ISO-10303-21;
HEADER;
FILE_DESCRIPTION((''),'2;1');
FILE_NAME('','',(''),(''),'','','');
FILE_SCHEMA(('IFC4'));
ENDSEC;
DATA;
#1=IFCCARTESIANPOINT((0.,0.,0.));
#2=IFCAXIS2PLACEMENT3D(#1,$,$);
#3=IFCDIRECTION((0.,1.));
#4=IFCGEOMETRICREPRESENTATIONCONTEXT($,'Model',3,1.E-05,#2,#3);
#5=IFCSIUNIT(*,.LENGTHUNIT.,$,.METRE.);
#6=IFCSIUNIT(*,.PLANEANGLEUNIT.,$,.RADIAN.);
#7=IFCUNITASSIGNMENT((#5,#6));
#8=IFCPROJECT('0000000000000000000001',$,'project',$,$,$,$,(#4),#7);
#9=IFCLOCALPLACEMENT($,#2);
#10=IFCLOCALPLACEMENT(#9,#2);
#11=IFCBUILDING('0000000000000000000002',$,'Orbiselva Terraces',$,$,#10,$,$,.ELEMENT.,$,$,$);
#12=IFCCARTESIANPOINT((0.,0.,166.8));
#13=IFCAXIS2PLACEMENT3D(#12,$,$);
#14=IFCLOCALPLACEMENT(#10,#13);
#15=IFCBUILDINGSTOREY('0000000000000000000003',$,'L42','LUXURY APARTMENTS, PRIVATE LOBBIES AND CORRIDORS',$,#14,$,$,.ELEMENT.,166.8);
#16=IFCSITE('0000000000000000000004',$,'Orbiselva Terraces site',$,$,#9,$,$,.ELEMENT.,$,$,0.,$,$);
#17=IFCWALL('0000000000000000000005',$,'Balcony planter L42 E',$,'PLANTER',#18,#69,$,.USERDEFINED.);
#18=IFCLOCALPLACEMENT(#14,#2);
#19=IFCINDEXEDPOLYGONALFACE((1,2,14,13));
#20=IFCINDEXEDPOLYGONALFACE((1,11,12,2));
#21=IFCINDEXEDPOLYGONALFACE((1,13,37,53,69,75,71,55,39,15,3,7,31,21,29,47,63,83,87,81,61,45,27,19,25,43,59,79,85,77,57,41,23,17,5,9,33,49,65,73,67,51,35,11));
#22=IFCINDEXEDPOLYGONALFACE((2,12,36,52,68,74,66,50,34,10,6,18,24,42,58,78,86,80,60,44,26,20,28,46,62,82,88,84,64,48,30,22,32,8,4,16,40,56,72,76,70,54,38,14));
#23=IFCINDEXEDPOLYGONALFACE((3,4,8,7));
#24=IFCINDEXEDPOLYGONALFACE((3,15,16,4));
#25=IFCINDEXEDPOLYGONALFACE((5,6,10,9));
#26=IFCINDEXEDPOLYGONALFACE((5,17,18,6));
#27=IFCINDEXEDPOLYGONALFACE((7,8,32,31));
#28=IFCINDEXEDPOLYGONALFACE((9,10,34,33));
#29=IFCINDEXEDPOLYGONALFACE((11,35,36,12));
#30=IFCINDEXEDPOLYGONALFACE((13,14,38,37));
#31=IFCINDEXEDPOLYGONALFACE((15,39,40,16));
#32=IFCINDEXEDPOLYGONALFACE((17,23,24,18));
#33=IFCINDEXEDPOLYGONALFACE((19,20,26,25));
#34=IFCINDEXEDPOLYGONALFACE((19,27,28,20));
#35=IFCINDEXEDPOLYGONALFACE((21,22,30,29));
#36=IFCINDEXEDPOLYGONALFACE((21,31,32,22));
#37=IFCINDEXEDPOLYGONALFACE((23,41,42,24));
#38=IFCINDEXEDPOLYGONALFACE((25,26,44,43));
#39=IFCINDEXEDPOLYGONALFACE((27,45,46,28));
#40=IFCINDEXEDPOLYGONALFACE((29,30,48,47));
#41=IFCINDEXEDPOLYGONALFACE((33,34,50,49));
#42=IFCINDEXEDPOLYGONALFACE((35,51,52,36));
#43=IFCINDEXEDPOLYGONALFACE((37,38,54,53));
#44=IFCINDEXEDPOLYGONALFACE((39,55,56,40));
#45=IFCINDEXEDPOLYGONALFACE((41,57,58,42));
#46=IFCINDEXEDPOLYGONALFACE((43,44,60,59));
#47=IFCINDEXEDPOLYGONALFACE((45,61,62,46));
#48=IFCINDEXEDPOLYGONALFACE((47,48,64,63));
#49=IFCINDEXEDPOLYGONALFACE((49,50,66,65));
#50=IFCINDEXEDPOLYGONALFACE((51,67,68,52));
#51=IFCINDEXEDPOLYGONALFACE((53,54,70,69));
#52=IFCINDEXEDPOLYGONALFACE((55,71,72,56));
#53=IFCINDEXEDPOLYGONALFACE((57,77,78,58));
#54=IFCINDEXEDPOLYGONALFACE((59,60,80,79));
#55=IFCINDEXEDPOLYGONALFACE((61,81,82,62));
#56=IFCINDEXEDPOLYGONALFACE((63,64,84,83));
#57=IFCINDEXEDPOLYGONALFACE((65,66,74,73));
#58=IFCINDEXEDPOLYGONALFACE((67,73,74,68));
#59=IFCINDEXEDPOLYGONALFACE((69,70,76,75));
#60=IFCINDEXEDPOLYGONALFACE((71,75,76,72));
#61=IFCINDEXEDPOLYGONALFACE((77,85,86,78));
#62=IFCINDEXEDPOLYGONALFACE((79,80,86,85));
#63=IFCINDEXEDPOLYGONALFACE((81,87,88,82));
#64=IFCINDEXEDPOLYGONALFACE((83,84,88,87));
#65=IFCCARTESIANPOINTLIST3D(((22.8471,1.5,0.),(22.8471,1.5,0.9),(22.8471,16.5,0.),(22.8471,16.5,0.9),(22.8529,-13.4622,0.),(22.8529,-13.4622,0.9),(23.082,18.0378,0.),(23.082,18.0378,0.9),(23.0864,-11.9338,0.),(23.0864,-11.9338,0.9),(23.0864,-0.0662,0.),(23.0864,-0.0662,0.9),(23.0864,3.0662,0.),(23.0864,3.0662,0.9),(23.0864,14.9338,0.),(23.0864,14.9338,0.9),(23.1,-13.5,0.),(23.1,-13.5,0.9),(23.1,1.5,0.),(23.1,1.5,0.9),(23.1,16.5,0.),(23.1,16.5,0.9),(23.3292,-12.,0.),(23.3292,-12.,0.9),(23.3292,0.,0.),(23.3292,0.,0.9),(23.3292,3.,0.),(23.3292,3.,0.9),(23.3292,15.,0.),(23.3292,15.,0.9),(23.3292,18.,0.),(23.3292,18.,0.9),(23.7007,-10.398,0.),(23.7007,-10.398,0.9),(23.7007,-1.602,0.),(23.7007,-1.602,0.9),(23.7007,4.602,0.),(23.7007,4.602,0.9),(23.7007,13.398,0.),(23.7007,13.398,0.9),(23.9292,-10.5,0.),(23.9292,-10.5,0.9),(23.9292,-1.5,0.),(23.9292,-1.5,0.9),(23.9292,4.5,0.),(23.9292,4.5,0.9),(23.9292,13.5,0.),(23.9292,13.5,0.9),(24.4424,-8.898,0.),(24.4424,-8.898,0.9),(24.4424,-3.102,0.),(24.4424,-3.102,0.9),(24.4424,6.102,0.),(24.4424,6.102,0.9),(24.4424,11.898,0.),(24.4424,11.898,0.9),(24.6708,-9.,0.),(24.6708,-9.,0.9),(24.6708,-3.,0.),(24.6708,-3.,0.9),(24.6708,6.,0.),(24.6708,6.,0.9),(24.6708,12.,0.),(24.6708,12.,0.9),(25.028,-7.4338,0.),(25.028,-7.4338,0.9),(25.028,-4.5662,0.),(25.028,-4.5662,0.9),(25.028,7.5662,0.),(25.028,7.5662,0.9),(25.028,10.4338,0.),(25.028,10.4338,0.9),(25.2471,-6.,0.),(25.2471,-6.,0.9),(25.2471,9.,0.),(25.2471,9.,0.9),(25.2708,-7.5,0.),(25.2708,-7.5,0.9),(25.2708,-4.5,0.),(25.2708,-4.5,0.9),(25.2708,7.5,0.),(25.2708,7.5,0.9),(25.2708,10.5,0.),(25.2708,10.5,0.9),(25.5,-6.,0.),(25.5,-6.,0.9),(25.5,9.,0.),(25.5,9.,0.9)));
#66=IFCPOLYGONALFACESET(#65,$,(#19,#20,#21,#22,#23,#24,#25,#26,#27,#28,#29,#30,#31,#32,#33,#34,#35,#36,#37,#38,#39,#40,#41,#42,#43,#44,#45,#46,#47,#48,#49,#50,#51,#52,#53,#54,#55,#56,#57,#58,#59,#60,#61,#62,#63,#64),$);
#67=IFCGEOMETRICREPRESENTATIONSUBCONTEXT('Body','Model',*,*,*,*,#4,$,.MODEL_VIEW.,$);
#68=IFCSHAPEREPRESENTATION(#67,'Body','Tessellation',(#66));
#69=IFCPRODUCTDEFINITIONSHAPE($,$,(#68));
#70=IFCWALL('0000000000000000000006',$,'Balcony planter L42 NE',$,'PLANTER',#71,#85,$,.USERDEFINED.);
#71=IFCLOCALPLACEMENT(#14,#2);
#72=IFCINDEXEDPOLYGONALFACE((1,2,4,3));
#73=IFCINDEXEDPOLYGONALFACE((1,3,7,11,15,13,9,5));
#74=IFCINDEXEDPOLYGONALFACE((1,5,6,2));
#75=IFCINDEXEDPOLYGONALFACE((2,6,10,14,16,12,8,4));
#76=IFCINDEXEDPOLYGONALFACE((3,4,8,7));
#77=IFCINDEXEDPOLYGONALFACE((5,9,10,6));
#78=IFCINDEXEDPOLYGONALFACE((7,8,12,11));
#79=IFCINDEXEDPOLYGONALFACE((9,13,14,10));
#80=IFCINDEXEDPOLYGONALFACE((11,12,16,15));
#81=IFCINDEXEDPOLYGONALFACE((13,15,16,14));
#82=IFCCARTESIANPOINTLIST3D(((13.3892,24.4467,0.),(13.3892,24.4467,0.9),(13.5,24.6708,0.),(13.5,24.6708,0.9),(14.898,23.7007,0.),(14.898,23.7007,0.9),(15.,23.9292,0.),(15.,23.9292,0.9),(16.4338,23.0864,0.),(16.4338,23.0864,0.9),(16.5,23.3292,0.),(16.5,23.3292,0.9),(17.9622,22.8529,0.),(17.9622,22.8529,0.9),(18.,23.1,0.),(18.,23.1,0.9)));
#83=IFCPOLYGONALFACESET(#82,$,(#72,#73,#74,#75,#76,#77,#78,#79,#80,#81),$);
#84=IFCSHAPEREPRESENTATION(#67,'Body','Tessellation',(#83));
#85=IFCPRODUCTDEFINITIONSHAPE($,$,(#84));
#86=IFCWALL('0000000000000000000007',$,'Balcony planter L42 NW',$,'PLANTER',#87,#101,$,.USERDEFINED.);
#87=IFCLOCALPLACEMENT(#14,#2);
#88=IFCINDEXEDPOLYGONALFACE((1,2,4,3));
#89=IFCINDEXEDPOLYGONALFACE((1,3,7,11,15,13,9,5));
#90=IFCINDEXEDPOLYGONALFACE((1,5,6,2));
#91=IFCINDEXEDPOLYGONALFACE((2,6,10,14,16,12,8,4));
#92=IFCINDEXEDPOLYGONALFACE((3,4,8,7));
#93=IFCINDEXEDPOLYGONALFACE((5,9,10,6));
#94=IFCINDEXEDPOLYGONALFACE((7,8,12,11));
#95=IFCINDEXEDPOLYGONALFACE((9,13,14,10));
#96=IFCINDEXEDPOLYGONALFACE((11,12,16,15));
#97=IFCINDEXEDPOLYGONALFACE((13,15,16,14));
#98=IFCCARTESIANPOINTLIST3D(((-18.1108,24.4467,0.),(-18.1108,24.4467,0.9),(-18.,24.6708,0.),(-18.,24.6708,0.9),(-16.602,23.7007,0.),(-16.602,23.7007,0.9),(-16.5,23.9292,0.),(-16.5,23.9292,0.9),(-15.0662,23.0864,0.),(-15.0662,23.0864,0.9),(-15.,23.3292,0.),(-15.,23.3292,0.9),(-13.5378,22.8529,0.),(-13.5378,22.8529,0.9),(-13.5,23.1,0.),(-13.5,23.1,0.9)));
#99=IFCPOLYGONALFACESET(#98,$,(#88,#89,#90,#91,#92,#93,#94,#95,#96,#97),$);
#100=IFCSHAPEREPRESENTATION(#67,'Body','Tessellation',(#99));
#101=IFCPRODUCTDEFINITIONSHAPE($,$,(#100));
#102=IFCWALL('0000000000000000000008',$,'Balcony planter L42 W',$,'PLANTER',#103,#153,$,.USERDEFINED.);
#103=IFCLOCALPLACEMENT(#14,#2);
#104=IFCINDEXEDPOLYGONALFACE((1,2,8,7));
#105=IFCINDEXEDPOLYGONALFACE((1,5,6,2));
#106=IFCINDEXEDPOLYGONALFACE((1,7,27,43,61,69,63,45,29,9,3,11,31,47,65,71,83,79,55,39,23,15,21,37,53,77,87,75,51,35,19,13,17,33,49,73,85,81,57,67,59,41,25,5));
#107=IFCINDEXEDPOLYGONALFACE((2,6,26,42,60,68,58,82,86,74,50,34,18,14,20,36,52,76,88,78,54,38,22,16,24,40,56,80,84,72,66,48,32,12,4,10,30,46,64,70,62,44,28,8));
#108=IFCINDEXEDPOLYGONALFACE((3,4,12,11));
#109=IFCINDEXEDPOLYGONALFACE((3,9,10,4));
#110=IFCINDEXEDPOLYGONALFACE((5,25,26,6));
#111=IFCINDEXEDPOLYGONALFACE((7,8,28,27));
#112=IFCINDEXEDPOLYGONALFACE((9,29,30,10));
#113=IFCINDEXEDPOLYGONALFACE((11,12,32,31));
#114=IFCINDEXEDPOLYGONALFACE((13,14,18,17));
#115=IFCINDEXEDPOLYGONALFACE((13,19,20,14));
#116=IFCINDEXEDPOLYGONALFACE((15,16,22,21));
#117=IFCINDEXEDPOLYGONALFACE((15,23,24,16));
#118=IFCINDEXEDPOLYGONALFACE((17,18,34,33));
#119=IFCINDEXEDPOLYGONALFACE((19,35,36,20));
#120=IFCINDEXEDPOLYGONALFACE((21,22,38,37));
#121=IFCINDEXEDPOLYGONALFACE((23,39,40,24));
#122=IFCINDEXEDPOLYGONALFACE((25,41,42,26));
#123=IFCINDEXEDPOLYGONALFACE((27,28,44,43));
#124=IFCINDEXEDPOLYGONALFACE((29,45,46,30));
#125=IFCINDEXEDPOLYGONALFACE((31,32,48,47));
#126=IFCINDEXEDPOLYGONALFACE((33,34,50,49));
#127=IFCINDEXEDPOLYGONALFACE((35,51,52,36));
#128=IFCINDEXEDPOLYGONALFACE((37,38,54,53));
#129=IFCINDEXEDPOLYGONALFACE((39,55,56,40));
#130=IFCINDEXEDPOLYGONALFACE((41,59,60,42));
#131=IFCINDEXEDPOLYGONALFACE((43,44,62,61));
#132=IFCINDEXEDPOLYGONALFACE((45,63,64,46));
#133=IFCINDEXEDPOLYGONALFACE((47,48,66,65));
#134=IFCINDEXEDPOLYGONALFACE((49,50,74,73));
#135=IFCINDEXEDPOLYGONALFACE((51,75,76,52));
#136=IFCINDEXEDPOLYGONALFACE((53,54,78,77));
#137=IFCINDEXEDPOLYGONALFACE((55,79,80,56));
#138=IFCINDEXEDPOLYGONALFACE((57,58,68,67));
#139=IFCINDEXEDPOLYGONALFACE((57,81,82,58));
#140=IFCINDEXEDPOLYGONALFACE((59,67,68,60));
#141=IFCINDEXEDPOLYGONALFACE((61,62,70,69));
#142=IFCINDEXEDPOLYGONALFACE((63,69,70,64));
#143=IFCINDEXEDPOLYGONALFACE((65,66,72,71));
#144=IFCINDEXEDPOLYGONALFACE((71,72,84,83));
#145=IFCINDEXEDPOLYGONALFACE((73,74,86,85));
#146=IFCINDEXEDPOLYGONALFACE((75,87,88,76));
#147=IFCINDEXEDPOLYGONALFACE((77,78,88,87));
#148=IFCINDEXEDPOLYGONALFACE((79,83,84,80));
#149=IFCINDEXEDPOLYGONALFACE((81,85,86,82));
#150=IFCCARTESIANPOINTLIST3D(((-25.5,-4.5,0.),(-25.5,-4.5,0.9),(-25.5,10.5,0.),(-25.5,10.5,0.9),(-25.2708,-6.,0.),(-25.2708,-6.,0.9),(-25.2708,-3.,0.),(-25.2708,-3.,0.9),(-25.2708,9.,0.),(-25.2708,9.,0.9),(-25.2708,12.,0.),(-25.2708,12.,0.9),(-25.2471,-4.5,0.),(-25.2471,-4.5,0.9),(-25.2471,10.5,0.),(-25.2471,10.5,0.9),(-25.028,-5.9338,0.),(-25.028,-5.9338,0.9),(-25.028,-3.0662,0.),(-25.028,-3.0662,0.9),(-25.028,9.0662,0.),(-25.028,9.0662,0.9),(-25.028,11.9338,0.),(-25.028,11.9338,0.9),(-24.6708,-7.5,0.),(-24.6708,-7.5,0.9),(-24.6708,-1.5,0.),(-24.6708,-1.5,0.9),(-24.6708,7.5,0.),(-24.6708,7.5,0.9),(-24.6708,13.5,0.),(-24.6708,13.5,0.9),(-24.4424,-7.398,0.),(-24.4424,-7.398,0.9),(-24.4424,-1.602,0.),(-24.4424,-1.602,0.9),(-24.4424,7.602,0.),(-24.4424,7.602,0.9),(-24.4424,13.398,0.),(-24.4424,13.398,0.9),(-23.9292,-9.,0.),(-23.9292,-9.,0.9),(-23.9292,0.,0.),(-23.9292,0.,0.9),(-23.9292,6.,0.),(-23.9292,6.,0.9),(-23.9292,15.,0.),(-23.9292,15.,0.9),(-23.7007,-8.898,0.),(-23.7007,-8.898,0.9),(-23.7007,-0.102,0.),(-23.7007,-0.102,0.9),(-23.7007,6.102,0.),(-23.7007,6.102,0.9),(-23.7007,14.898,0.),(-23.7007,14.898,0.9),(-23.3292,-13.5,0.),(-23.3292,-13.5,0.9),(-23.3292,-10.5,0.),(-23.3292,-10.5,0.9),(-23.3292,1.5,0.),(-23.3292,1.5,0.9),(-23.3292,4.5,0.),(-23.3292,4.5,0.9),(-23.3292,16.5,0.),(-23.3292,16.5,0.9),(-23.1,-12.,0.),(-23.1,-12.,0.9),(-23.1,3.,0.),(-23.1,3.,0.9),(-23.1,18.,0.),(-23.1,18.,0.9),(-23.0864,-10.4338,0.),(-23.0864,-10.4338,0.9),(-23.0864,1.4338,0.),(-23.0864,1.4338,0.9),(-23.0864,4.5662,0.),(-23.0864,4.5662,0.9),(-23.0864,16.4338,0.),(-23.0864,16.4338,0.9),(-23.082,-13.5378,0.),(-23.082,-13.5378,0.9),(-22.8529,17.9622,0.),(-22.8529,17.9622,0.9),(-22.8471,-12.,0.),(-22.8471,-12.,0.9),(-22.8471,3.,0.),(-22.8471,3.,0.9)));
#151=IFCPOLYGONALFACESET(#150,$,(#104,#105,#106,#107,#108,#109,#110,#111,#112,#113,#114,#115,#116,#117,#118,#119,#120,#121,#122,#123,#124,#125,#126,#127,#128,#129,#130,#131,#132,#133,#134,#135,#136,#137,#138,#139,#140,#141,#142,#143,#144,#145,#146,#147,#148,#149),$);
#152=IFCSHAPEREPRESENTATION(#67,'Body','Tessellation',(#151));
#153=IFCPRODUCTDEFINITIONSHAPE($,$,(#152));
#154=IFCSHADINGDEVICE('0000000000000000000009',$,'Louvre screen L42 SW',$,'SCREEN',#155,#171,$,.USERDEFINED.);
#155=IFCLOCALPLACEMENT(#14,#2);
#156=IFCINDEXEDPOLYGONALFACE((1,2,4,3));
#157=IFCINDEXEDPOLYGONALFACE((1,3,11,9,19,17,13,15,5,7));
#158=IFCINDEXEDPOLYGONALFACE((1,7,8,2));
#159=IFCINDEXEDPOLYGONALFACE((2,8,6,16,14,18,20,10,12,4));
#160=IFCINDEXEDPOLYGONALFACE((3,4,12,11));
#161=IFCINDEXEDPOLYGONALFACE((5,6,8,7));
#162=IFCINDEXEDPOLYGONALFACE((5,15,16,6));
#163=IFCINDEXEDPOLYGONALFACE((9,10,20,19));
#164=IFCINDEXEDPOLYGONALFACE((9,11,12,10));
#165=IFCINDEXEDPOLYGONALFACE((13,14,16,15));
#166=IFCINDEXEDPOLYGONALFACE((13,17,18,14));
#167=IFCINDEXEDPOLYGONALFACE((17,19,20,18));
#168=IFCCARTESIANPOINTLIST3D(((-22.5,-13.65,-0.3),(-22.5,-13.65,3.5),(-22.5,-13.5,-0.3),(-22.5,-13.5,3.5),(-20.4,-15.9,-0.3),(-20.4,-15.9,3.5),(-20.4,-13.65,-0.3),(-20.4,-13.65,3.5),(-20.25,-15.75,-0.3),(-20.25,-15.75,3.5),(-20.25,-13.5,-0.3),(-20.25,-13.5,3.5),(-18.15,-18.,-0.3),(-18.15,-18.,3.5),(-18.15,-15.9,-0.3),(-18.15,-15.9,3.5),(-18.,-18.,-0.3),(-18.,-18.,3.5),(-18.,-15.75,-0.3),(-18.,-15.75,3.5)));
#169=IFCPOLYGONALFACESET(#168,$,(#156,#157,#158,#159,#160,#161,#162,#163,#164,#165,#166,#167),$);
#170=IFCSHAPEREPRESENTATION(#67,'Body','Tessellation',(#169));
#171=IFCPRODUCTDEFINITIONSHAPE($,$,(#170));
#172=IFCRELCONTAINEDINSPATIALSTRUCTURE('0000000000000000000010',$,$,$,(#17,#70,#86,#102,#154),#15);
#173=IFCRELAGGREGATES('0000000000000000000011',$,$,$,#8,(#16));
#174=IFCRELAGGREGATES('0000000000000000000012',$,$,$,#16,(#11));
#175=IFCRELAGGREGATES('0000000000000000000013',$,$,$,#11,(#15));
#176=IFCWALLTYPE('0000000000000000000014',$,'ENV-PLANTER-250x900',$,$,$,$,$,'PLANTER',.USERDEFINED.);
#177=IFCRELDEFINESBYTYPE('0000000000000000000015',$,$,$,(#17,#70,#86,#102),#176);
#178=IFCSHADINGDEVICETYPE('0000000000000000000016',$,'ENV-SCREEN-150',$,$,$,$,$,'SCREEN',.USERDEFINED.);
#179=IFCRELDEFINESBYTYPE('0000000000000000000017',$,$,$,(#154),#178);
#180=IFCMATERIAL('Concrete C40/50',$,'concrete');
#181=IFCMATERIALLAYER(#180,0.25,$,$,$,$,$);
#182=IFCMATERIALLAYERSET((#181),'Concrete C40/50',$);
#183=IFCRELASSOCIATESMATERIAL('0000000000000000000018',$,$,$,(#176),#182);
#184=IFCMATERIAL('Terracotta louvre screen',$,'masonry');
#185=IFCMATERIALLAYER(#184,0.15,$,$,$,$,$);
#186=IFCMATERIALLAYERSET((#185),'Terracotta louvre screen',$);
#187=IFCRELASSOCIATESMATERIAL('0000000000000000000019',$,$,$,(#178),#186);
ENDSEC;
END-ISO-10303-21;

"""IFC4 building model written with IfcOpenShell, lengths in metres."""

from ifc_helpers import new_model, si_unit, direction, frame, origin, place, context, subcontext, project, spatial, polyline, outline, extrude, material, layer, layer_set, type_object, element, save


model = new_model("IFC4")

# Units and contexts
model_context = context("Model", 3, precision=1e-05, world=origin(), true_north=direction((0.0, 1.0)))
body_context = subcontext(model_context, "Body", "Model", "MODEL_VIEW")
ifc_project = project(units=[si_unit("LENGTHUNIT", "METRE"), si_unit("PLANEANGLEUNIT", "RADIAN")], contexts=[model_context])

# Site, building, storey
site_placement = place(None, origin())
site = spatial("IfcSite", under=ifc_project, at=site_placement, Name="Orbiselva Terraces site", CompositionType="ELEMENT", RefElevation=0.0)
building_placement = place(site_placement, origin())
building = spatial("IfcBuilding", under=site, at=building_placement, Name="Orbiselva Terraces", CompositionType="ELEMENT")
storey_placement = place(building_placement, frame((0.0, 0.0, 166.8)))
storey = spatial("IfcBuildingStorey", under=building, at=storey_placement, Name="L42", Description="LUXURY APARTMENTS, PRIVATE LOBBIES AND CORRIDORS", CompositionType="ELEMENT", Elevation=166.8)

# Shared definitions
ifc_material_1 = material(Name="Concrete C40/50", Category="concrete")

# Walls
ifc_layer_1 = layer(ifc_material_1, 0.25)
ifc_layer_set_1 = layer_set([ifc_layer_1], Name="Concrete C40/50")
wall_type = type_object("IfcWallType", Name="ENV-PLANTER-250x900", ElementType="PLANTER", PredefinedType="USERDEFINED", material=ifc_layer_set_1)
wall_1_placement = place(storey_placement, origin())
element("IfcWall", 1, at=wall_1_placement, inside=storey, type_object=wall_type, Name="Balcony planter L42 E", ObjectType="PLANTER", PredefinedType="USERDEFINED", context=body_context, shape_type="SweptSolid", body=[
    extrude(outline(polyline([(23.1, -13.5), (23.3292, -12.0), (23.9292, -10.5), (24.6708, -9.0), (25.2708, -7.5), (25.5, -6.0), (25.2708, -4.5), (24.6708, -3.0), (23.9292, -1.5), (23.3292, 0.0), (23.1, 1.5), (23.3292, 3.0), (23.9292, 4.5), (24.6708, 6.0), (25.2708, 7.5), (25.5, 9.0), (25.2708, 10.5), (24.6708, 12.0), (23.9292, 13.5), (23.3292, 15.0), (23.1, 16.5), (23.3292, 18.0), (23.082, 18.0378), (22.8471, 16.5), (23.0864, 14.9338), (23.7007, 13.398), (24.4424, 11.898), (25.028, 10.4338), (25.2471, 9.0), (25.028, 7.5662), (24.4424, 6.102), (23.7007, 4.602), (23.0864, 3.0662), (22.8471, 1.5), (23.0864, -0.0662), (23.7007, -1.602), (24.4424, -3.102), (25.028, -4.5662), (25.2471, -6.0), (25.028, -7.4338), (24.4424, -8.898), (23.7007, -10.398), (23.0864, -11.9338), (22.8529, -13.4622), (23.1, -13.5)])), origin(), (0.0, 0.0, 1.0), 0.9),
])
wall_2_placement = place(storey_placement, origin())
element("IfcWall", 2, at=wall_2_placement, inside=storey, type_object=wall_type, Name="Balcony planter L42 NE", ObjectType="PLANTER", PredefinedType="USERDEFINED", context=body_context, shape_type="SweptSolid", body=[
    extrude(outline(polyline([(18.0, 23.1), (16.5, 23.3292), (15.0, 23.9292), (13.5, 24.6708), (13.3892, 24.4467), (14.898, 23.7007), (16.4338, 23.0864), (17.9622, 22.8529), (18.0, 23.1)])), origin(), (0.0, 0.0, 1.0), 0.9),
])
wall_3_placement = place(storey_placement, origin())
element("IfcWall", 3, at=wall_3_placement, inside=storey, type_object=wall_type, Name="Balcony planter L42 NW", ObjectType="PLANTER", PredefinedType="USERDEFINED", context=body_context, shape_type="SweptSolid", body=[
    extrude(outline(polyline([(-13.5, 23.1), (-15.0, 23.3292), (-16.5, 23.9292), (-18.0, 24.6708), (-18.1108, 24.4467), (-16.602, 23.7007), (-15.0662, 23.0864), (-13.5378, 22.8529), (-13.5, 23.1)])), origin(), (0.0, 0.0, 1.0), 0.9),
])
wall_4_placement = place(storey_placement, origin())
element("IfcWall", 4, at=wall_4_placement, inside=storey, type_object=wall_type, Name="Balcony planter L42 W", ObjectType="PLANTER", PredefinedType="USERDEFINED", context=body_context, shape_type="SweptSolid", body=[
    extrude(outline(polyline([(-23.1, 18.0), (-23.3292, 16.5), (-23.9292, 15.0), (-24.6708, 13.5), (-25.2708, 12.0), (-25.5, 10.5), (-25.2708, 9.0), (-24.6708, 7.5), (-23.9292, 6.0), (-23.3292, 4.5), (-23.1, 3.0), (-23.3292, 1.5), (-23.9292, 0.0), (-24.6708, -1.5), (-25.2708, -3.0), (-25.5, -4.5), (-25.2708, -6.0), (-24.6708, -7.5), (-23.9292, -9.0), (-23.3292, -10.5), (-23.1, -12.0), (-23.3292, -13.5), (-23.082, -13.5378), (-22.8471, -12.0), (-23.0864, -10.4338), (-23.7007, -8.898), (-24.4424, -7.398), (-25.028, -5.9338), (-25.2471, -4.5), (-25.028, -3.0662), (-24.4424, -1.602), (-23.7007, -0.102), (-23.0864, 1.4338), (-22.8471, 3.0), (-23.0864, 4.5662), (-23.7007, 6.102), (-24.4424, 7.602), (-25.028, 9.0662), (-25.2471, 10.5), (-25.028, 11.9338), (-24.4424, 13.398), (-23.7007, 14.898), (-23.0864, 16.4338), (-22.8529, 17.9622), (-23.1, 18.0)])), origin(), (0.0, 0.0, 1.0), 0.9),
])

# Shading device
ifc_material_2 = material(Name="Terracotta louvre screen", Category="masonry")
ifc_layer_2 = layer(ifc_material_2, 0.15)
ifc_layer_set_2 = layer_set([ifc_layer_2], Name="Terracotta louvre screen")
shading_device_type = type_object("IfcShadingDeviceType", Name="ENV-SCREEN-150", ElementType="SCREEN", PredefinedType="USERDEFINED", material=ifc_layer_set_2)
shading_device_placement = place(storey_placement, frame((0.0, 0.0, -0.3)))
element("IfcShadingDevice", 5, at=shading_device_placement, inside=storey, type_object=shading_device_type, Name="Louvre screen L42 SW", ObjectType="SCREEN", PredefinedType="USERDEFINED", context=body_context, shape_type="SweptSolid", body=[
    extrude(outline(polyline([(-22.5, -13.65), (-20.4, -13.65), (-20.4, -15.9), (-18.15, -15.9), (-18.15, -18.0), (-18.0, -18.0), (-18.0, -15.75), (-20.25, -15.75), (-20.25, -13.5), (-22.5, -13.5), (-22.5, -13.65)])), origin(), (0.0, 0.0, 1.0), 3.8),
])

save(model, "model.ifc")
